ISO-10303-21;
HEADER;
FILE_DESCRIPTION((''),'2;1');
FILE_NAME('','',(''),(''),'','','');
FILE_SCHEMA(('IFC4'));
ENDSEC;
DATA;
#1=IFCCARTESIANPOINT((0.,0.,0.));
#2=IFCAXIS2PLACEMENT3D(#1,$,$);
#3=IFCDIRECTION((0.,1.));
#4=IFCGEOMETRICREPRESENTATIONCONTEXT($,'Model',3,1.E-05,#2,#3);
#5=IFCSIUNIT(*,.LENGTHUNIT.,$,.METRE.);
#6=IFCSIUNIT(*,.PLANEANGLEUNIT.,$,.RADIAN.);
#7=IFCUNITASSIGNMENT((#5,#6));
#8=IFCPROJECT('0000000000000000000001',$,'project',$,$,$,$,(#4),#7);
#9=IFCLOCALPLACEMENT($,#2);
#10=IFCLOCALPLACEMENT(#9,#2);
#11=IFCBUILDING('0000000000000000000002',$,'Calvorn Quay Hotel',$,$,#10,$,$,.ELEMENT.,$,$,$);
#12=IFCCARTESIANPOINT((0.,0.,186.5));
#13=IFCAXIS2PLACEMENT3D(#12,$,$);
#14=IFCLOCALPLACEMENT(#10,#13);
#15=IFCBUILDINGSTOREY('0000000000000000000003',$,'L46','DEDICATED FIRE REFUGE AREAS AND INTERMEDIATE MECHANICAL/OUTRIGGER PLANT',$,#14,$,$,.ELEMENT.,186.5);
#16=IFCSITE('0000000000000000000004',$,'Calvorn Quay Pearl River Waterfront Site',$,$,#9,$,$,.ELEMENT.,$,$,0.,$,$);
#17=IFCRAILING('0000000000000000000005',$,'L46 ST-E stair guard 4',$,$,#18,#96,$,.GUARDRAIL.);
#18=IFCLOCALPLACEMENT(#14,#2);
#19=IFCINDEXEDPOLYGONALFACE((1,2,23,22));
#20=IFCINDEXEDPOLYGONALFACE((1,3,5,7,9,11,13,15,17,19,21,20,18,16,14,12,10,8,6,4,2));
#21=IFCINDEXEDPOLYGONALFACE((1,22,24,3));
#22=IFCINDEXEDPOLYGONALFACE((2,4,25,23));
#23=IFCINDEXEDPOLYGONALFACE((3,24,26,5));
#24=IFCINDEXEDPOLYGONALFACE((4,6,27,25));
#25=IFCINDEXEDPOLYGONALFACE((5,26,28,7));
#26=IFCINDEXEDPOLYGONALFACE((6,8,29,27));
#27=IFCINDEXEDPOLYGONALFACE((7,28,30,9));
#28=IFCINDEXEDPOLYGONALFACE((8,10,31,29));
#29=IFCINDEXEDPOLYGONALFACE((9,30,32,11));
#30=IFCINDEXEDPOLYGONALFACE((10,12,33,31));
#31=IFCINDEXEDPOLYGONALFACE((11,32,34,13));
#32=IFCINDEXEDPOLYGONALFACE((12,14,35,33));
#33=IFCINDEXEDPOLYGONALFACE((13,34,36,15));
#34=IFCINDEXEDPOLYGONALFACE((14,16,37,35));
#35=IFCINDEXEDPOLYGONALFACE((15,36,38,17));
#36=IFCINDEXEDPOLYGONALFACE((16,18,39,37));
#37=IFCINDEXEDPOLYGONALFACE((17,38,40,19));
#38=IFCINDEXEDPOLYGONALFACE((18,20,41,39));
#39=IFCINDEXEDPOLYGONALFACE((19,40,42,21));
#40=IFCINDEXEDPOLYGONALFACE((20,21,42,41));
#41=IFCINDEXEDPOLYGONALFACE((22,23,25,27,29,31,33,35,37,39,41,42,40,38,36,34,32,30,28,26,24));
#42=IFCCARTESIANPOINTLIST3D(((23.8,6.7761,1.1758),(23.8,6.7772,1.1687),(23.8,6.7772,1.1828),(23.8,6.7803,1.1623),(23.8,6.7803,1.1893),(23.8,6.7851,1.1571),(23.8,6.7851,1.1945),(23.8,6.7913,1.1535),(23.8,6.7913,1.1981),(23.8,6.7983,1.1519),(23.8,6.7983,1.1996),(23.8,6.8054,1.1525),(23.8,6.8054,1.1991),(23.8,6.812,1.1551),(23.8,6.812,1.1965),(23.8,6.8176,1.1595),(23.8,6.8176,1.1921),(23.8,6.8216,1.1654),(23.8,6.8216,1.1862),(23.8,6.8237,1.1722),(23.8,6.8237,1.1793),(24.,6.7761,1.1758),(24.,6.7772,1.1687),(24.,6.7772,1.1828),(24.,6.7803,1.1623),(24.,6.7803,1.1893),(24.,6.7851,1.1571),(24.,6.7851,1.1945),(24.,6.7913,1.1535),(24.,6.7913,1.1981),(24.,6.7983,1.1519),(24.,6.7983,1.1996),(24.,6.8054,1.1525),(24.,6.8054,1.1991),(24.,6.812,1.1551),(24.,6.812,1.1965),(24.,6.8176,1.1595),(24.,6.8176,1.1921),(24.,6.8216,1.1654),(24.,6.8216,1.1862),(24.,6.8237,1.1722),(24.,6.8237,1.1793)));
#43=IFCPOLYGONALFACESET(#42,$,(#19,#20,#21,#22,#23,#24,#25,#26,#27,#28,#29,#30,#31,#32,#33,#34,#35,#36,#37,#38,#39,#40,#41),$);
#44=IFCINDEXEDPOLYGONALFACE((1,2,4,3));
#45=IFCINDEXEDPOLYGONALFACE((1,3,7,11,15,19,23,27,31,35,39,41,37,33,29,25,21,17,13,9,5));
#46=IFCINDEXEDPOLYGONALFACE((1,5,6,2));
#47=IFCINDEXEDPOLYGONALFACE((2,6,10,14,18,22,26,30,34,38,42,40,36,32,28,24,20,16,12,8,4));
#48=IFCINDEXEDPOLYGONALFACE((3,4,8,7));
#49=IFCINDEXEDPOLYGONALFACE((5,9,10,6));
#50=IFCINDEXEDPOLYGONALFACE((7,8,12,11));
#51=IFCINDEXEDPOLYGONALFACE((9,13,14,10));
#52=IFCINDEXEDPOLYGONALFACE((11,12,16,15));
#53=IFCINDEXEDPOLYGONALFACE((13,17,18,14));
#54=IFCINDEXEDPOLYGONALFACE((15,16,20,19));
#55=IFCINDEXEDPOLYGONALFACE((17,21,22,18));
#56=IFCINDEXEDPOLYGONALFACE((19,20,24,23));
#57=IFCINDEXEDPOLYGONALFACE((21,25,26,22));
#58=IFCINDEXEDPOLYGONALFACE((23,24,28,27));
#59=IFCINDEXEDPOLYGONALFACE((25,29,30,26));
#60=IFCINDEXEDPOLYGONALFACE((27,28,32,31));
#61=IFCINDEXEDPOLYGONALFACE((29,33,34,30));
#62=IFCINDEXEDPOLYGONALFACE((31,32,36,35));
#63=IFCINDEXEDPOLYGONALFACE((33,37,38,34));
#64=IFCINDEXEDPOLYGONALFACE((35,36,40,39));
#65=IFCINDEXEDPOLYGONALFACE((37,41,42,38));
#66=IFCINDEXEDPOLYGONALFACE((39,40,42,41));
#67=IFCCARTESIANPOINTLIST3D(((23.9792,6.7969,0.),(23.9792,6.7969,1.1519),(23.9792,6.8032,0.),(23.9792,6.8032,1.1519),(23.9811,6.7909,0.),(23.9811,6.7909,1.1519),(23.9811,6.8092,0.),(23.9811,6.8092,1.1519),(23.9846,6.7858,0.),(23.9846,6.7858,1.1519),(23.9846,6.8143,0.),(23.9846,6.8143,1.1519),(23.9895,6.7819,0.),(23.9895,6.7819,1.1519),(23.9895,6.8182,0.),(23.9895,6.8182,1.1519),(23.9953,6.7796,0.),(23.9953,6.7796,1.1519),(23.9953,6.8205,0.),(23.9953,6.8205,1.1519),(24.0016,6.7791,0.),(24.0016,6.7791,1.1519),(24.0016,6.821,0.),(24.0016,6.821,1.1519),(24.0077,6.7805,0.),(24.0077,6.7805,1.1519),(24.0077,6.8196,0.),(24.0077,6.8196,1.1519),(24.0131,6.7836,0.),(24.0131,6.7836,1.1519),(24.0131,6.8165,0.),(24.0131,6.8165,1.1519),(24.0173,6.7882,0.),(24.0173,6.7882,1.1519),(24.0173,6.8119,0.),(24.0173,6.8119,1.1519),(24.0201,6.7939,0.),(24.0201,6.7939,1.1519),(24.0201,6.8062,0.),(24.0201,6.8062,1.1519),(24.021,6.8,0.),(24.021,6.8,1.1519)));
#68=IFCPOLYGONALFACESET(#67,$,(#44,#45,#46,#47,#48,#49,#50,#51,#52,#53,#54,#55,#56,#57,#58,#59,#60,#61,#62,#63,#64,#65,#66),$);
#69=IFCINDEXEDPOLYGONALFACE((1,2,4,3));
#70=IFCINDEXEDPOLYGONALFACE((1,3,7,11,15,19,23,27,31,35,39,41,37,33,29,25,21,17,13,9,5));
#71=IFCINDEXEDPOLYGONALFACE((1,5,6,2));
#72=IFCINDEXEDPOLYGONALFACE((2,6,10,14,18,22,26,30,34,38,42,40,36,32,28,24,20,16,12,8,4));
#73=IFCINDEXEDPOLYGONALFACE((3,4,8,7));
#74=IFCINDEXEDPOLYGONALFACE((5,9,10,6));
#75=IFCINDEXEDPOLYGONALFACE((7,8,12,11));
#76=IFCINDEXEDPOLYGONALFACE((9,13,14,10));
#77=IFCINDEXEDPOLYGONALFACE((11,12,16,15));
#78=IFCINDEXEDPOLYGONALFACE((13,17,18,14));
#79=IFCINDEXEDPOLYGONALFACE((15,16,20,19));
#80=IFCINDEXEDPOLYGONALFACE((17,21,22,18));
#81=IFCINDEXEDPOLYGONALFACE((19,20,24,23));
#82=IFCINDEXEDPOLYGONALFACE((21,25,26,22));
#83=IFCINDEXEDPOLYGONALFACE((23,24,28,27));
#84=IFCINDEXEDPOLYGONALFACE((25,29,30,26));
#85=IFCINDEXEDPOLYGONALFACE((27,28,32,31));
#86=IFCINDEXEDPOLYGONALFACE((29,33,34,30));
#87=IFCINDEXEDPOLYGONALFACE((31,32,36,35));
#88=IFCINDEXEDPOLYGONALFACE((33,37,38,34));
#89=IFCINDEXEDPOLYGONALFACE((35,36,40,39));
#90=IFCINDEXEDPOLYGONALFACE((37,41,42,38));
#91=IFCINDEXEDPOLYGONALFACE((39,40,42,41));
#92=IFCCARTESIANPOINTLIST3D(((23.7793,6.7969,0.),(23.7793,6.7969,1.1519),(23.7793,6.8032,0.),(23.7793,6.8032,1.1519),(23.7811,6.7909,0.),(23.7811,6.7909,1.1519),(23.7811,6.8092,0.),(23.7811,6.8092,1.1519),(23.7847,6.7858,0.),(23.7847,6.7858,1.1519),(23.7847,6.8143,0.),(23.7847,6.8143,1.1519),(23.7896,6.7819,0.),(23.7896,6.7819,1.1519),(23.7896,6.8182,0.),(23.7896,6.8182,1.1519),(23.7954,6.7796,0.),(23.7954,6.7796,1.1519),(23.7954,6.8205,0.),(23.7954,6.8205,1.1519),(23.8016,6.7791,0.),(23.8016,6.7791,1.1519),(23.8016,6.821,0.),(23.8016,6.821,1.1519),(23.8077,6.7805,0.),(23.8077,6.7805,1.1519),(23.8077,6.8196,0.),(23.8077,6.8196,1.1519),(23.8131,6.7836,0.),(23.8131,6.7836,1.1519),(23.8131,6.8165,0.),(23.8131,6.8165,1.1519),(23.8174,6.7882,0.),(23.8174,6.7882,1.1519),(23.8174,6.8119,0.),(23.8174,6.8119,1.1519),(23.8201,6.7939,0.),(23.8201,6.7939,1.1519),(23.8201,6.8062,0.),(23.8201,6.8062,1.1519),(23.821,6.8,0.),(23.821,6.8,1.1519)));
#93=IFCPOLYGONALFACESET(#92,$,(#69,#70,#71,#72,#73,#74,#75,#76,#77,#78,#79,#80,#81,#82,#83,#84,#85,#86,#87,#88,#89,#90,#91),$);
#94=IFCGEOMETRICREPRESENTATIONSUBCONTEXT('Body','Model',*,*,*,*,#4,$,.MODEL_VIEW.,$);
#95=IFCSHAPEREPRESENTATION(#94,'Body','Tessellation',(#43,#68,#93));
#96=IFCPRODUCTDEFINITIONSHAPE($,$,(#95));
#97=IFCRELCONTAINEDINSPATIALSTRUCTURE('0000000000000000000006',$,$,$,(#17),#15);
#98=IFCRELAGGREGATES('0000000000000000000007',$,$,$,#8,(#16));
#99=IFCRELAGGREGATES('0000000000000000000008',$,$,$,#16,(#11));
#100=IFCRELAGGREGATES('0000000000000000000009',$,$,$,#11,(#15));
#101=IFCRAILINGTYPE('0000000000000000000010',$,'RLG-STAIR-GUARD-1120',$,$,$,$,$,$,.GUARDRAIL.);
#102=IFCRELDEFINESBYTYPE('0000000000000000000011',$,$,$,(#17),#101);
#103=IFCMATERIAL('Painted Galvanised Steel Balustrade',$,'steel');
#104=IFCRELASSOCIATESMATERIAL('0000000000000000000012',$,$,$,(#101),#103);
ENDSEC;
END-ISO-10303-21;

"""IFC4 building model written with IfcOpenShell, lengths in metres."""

from ifc_helpers import new_model, si_unit, direction, frame, origin, origin_2d, place, context, subcontext, project, spatial, circle, extrude, material, type_object, element, save


model = new_model("IFC4")

# Units and contexts
model_context = context("Model", 3, precision=1e-05, world=origin(), true_north=direction((0.0, 1.0)))
body_context = subcontext(model_context, "Body", "Model", "MODEL_VIEW")
ifc_project = project(units=[si_unit("LENGTHUNIT", "METRE"), si_unit("PLANEANGLEUNIT", "RADIAN")], contexts=[model_context])

# Site, building, storey
site_placement = place(None, origin())
site = spatial("IfcSite", under=ifc_project, at=site_placement, Name="Calvorn Quay Pearl River Waterfront Site", CompositionType="ELEMENT", RefElevation=0.0)
building_placement = place(site_placement, origin())
building = spatial("IfcBuilding", under=site, at=building_placement, Name="Calvorn Quay Hotel", CompositionType="ELEMENT")
storey_placement = place(building_placement, frame((0.0, 0.0, 186.5)))
storey = spatial("IfcBuildingStorey", under=building, at=storey_placement, Name="L46", Description="DEDICATED FIRE REFUGE AREAS AND INTERMEDIATE MECHANICAL/OUTRIGGER PLANT", CompositionType="ELEMENT", Elevation=186.5)

# Railing
ifc_material_1 = material(Name="Painted Galvanised Steel Balustrade", Category="steel")
railing_type_1 = type_object("IfcRailingType", Name="RLG-STAIR-GUARD-1120", PredefinedType="GUARDRAIL", material=ifc_material_1)
railing_1_placement = place(storey_placement, frame((24.0, 6.8, 0.0)))
element("IfcRailing", 1, at=railing_1_placement, inside=storey, type_object=railing_type_1, Name="L46 ST-E stair guard 4", PredefinedType="GUARDRAIL", context=body_context, shape_type="SweptSolid", body=[
    extrude(circle(Radius=0.0239, at=origin_2d()), frame((0.0, 0.0, 1.1758), z_axis=(-1.0, 0.0, 0.0), x_axis=(0.0, -1.0, 0.0)), (0.0, 0.0, 1.0), 0.2),
    extrude(circle(Radius=0.021, at=origin_2d()), origin(), (0.0, 0.0, 1.0), 1.1519),
    extrude(circle(Radius=0.021, at=origin_2d()), frame((-0.2, 0.0, 0.0)), (0.0, 0.0, 1.0), 1.1519),
])

save(model, "model.ifc")
